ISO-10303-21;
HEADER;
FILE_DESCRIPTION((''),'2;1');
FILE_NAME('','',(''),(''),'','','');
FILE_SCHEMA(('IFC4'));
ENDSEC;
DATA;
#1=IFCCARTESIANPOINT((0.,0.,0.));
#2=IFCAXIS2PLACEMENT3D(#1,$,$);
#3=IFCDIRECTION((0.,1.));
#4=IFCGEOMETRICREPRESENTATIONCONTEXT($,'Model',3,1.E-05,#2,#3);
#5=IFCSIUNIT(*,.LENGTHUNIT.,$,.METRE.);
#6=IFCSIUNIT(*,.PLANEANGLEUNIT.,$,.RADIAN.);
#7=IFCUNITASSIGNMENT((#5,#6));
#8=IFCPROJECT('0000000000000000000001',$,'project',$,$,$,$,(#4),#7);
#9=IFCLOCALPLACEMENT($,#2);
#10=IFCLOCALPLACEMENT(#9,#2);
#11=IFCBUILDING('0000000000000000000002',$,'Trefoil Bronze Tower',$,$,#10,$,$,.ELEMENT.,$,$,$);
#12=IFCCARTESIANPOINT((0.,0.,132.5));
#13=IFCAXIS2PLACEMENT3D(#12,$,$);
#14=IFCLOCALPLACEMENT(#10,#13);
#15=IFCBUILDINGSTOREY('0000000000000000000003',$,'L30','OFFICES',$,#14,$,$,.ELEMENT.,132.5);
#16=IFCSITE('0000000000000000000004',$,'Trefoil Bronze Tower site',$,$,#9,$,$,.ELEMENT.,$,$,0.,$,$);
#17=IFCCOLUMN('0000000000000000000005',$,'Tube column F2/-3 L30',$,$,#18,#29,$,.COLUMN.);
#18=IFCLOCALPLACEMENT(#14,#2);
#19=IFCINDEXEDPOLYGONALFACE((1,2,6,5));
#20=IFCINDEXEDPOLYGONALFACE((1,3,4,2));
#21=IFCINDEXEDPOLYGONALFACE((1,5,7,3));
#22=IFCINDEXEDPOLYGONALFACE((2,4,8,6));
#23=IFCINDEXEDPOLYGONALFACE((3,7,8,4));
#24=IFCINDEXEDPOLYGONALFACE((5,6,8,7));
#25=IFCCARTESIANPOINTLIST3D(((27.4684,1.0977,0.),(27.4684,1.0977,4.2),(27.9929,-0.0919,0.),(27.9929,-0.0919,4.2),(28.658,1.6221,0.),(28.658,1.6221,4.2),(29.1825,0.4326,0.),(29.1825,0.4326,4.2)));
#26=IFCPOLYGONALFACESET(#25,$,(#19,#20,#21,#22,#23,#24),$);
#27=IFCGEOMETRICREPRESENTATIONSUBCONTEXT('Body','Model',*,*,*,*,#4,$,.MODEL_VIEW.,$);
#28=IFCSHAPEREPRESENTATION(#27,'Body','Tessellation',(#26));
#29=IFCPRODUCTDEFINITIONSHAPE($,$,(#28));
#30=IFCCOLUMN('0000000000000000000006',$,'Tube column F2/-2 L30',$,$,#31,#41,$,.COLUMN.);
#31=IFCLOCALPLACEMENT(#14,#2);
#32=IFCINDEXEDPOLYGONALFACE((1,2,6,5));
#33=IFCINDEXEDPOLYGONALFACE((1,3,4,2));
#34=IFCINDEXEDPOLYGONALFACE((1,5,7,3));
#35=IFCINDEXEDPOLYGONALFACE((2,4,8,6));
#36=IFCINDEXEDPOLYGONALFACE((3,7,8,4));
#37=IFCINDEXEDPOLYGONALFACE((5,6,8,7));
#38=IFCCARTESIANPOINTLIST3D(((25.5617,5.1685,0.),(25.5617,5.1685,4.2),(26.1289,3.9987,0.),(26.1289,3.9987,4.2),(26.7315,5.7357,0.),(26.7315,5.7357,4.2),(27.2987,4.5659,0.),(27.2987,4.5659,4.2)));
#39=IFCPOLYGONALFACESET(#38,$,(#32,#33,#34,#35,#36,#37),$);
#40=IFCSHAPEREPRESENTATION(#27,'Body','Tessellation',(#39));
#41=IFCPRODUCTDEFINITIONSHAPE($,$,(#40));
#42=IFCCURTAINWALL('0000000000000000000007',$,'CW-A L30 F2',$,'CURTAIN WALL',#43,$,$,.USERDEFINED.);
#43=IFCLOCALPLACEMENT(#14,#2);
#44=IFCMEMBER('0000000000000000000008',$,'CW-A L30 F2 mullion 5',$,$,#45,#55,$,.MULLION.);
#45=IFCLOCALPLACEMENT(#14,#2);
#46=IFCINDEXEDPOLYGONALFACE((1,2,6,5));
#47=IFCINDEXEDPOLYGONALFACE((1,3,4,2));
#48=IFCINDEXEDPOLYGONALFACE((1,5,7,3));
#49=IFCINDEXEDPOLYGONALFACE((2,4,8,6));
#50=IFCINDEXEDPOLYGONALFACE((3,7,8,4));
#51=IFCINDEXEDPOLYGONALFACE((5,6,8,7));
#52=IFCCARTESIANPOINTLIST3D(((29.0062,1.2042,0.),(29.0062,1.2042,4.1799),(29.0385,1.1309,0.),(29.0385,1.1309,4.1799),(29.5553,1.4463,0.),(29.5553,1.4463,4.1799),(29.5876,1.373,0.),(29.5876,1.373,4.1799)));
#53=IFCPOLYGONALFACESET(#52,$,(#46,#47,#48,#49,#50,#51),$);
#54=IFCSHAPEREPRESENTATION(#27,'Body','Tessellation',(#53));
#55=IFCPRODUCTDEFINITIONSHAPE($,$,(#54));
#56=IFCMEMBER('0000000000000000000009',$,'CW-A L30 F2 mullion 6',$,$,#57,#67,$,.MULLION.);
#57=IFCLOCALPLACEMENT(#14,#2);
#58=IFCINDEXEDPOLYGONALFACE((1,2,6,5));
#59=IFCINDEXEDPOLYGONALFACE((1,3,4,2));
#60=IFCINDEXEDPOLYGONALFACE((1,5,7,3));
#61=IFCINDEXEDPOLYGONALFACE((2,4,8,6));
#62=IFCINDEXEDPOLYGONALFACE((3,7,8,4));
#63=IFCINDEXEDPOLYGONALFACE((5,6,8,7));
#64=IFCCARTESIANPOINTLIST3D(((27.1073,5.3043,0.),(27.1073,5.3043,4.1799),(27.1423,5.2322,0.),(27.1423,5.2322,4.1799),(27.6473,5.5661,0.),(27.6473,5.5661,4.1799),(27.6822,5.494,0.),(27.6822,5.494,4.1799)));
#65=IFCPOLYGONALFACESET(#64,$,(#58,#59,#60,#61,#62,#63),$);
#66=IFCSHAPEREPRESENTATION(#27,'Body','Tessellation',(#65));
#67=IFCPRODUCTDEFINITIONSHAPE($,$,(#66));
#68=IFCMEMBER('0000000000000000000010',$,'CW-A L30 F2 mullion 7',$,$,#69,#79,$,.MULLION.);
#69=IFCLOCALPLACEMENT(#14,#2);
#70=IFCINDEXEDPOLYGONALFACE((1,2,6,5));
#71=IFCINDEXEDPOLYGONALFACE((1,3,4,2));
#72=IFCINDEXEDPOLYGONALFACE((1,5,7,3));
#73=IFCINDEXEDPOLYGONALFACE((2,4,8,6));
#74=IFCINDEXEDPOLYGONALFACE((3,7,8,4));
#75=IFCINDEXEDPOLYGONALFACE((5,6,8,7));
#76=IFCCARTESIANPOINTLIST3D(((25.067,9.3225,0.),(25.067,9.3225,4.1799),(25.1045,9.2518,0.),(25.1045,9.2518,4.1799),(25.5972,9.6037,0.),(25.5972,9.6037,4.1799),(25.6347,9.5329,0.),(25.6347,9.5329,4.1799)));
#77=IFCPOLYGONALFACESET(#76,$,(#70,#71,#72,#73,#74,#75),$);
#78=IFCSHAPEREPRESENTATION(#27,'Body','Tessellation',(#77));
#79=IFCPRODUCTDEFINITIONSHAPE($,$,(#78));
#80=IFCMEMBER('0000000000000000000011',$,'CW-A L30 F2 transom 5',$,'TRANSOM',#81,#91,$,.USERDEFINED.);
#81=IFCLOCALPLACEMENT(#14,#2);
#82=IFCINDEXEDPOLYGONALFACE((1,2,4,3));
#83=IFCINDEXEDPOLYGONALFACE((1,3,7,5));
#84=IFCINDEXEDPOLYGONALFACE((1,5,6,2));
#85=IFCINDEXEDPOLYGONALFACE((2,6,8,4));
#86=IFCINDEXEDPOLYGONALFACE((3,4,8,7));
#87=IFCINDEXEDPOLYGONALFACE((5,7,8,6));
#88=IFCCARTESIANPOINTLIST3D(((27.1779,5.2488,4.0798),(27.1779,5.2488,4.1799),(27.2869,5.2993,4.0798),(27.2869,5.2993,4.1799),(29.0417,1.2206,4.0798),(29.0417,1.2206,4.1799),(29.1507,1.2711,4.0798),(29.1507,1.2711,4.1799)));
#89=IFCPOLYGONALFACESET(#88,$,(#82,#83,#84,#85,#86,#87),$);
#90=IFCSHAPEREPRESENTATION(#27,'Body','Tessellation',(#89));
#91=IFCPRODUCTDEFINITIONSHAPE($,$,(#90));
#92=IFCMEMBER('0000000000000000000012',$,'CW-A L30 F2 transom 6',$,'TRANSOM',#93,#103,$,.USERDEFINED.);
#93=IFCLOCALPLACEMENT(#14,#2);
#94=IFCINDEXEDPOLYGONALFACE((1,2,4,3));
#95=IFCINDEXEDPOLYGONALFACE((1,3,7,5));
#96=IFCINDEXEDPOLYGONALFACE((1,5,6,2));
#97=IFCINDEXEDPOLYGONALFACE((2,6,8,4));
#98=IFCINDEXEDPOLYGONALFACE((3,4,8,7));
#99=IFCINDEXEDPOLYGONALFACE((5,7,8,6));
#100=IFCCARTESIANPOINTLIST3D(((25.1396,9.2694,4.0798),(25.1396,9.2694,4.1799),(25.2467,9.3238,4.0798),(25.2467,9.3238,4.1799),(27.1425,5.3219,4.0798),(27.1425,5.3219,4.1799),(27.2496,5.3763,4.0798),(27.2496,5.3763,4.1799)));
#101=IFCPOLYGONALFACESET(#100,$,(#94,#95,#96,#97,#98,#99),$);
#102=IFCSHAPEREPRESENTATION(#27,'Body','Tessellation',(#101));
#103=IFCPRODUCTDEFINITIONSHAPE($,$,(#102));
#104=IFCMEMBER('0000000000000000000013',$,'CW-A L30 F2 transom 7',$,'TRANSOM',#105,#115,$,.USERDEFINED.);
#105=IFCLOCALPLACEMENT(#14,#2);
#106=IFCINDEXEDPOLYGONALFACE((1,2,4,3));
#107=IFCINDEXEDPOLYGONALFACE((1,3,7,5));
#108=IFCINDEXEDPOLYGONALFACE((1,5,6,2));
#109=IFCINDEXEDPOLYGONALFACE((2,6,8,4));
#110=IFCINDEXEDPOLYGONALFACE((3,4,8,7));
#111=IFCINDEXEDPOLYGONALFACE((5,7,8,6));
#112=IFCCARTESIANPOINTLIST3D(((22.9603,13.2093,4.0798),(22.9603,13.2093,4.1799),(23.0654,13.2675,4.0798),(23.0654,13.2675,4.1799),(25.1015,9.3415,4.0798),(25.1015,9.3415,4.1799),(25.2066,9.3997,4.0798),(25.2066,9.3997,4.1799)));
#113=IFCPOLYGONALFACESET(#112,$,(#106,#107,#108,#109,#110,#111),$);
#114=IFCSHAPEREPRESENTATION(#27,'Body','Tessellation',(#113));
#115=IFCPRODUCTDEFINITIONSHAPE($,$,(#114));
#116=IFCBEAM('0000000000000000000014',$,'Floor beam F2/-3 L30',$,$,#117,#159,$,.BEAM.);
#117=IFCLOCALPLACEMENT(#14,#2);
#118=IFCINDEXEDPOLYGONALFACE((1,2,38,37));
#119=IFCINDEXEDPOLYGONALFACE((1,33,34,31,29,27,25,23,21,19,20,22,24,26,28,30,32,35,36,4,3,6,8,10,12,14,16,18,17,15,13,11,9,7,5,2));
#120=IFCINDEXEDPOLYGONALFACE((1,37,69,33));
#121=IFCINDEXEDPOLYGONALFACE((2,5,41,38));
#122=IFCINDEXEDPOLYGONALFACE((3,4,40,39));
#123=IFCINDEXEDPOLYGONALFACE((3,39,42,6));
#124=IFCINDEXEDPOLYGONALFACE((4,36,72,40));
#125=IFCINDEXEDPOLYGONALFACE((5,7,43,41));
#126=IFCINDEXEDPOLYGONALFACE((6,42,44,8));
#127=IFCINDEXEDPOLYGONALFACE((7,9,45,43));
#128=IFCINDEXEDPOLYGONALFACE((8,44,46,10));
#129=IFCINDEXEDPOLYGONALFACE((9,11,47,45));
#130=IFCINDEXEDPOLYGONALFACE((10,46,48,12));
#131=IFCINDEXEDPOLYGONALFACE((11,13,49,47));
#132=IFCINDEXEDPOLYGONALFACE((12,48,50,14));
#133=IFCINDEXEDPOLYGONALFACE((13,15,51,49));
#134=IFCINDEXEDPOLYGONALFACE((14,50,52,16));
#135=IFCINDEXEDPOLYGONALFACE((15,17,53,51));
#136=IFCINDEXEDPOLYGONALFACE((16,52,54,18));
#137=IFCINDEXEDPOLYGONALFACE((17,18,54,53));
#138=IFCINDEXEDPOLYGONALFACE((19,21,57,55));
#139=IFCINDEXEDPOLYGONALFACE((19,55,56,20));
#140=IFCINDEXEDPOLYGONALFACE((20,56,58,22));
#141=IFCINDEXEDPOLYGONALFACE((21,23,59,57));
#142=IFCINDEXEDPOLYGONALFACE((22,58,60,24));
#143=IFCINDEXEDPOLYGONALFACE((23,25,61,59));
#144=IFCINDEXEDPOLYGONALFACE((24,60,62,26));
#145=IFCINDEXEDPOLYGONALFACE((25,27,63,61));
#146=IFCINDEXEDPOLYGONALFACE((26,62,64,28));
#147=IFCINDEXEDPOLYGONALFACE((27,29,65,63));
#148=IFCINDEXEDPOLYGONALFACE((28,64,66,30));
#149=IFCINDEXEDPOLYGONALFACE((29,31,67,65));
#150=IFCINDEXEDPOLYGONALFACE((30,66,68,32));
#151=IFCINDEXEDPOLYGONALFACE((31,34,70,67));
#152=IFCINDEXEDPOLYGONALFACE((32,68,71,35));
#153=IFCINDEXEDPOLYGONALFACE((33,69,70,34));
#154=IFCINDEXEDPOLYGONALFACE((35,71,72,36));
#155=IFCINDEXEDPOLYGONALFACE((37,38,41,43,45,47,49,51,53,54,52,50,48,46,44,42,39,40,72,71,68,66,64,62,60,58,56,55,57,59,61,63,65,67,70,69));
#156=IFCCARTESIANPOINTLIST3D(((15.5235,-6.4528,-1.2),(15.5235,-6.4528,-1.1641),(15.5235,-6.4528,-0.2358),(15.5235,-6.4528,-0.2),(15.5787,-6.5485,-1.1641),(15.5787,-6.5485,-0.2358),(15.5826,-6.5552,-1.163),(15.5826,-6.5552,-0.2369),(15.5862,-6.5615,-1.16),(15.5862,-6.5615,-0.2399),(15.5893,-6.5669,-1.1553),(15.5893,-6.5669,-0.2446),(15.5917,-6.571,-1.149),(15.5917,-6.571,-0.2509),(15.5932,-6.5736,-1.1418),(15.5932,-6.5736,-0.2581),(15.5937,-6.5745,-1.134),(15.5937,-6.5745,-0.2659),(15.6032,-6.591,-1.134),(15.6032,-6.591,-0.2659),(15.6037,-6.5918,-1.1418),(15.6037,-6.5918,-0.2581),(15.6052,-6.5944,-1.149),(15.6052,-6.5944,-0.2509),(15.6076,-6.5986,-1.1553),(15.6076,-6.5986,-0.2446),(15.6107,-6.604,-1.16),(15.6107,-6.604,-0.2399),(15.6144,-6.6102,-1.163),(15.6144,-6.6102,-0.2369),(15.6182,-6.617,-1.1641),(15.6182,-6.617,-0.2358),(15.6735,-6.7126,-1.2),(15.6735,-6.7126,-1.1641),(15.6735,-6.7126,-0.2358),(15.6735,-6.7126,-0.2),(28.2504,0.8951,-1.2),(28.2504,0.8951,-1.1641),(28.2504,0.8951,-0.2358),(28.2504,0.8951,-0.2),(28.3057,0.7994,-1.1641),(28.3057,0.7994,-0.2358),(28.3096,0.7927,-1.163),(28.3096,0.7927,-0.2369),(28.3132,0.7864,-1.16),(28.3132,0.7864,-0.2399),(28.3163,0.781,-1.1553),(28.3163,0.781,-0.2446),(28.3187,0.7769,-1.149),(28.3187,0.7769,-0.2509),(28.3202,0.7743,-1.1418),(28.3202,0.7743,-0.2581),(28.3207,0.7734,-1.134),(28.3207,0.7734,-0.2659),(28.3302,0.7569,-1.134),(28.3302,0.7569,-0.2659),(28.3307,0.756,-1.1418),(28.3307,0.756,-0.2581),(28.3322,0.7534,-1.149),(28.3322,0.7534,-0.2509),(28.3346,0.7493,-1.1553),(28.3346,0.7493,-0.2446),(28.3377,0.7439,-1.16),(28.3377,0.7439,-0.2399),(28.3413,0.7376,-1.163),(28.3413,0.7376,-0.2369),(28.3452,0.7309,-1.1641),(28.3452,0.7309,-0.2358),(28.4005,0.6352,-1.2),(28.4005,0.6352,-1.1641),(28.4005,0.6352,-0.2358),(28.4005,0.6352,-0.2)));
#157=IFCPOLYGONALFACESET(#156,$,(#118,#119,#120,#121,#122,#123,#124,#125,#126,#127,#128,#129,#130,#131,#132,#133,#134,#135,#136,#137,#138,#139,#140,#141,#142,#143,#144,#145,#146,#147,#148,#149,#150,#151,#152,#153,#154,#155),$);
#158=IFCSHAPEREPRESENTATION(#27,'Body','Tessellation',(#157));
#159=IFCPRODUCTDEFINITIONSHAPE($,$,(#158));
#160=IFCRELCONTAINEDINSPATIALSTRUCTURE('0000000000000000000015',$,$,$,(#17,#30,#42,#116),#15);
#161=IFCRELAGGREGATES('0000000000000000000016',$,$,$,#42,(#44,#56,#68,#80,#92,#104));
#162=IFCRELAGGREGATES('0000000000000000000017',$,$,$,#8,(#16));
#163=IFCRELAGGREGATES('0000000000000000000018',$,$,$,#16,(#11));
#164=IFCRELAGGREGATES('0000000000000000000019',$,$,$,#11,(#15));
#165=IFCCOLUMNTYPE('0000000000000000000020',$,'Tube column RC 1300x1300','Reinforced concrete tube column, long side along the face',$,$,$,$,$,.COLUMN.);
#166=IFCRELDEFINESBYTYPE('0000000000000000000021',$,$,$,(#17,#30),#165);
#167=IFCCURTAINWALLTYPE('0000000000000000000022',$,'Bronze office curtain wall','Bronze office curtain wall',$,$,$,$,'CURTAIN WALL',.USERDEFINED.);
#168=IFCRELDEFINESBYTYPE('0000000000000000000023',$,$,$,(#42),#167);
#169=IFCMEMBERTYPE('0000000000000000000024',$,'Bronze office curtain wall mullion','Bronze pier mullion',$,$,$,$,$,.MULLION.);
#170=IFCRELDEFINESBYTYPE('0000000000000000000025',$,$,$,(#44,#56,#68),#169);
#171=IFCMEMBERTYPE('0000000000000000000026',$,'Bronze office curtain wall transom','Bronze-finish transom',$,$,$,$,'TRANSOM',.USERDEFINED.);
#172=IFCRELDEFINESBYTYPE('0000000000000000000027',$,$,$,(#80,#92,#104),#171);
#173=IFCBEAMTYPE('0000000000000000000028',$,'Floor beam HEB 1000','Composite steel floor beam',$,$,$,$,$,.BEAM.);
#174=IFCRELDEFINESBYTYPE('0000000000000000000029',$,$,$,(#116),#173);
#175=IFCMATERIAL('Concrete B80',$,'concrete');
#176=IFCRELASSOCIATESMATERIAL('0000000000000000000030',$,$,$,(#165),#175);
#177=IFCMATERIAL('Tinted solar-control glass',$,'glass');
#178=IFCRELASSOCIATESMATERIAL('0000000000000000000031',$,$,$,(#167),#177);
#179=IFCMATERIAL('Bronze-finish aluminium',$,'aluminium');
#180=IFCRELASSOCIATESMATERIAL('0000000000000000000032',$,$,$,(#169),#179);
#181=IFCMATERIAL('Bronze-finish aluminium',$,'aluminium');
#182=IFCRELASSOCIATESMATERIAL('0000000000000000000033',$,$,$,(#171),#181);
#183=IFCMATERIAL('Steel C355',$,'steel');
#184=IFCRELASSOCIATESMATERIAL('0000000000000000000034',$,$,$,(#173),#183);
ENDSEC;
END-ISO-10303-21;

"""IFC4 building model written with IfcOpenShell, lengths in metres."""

from ifc_helpers import new_model, si_unit, direction, frame, origin, origin_2d, place, context, subcontext, project, spatial, rectangle, i_section, extrude, material, material_profile, profile_set, type_object, element, aggregate, save


model = new_model("IFC4")

# Units and contexts
model_context = context("Model", 3, precision=1e-05, world=origin(), true_north=direction((0.0, 1.0)))
body_context = subcontext(model_context, "Body", "Model", "MODEL_VIEW")
ifc_project = project(units=[si_unit("LENGTHUNIT", "METRE"), si_unit("PLANEANGLEUNIT", "RADIAN")], contexts=[model_context])

# Site, building, storey
site_placement = place(None, origin())
site = spatial("IfcSite", under=ifc_project, at=site_placement, Name="Trefoil Bronze Tower site", CompositionType="ELEMENT", RefElevation=0.0)
building_placement = place(site_placement, origin())
building = spatial("IfcBuilding", under=site, at=building_placement, Name="Trefoil Bronze Tower", CompositionType="ELEMENT")
storey_placement = place(building_placement, frame((0.0, 0.0, 132.5)))
storey = spatial("IfcBuildingStorey", under=building, at=storey_placement, Name="L30", Description="OFFICES", CompositionType="ELEMENT", Elevation=132.5)

# Columns
ifc_material_1 = material(Name="Concrete B80", Category="concrete")
ifc_material_profile_1 = material_profile(ifc_material_1, rectangle(XDim=1.3, YDim=1.3, at=origin_2d()), Name="RC 1300x1300")
ifc_profile_set_1 = profile_set([ifc_material_profile_1], Name="Concrete B80")
column_type = type_object("IfcColumnType", Name="Tube column RC 1300x1300", Description="Reinforced concrete tube column, long side along the face", PredefinedType="COLUMN", material=ifc_profile_set_1)
for number, where, z_axis, x_axis, name in (
    (1, (28.3254, 0.7651, 0.0), (0.0, 0.0, 1.0), (-0.403412, 0.915018, 0.0), "Tube column F2/-3 L30"),
    (2, (26.4302, 4.8672, 0.0), (0.0, 0.0, 1.0), (-0.436262, 0.89982, 0.0), "Tube column F2/-2 L30"),
):
    element("IfcColumn", number, at=place(storey_placement, frame(where, z_axis=z_axis, x_axis=x_axis)), inside=storey, type_object=column_type, Name=name, PredefinedType="COLUMN", context=body_context, shape_type="SweptSolid", body=[
        extrude(rectangle(XDim=1.3, YDim=1.3, at=origin_2d()), origin(), (0.0, 0.0, 1.0), 4.2),
    ])

# Curtain wall, members
ifc_material_2 = material(Name="Tinted solar-control glass", Category="glass")
curtain_wall_type = type_object("IfcCurtainWallType", Name="Bronze office curtain wall", Description="Bronze office curtain wall", ElementType="CURTAIN WALL", PredefinedType="USERDEFINED", material=ifc_material_2)
curtain_wall_placement = place(storey_placement, origin())
curtain_wall = element("IfcCurtainWall", 3, at=curtain_wall_placement, inside=storey, type_object=curtain_wall_type, Name="CW-A L30 F2", ObjectType="CURTAIN WALL", PredefinedType="USERDEFINED")
ifc_material_3 = material(Name="Bronze-finish aluminium", Category="aluminium")
ifc_material_profile_2 = material_profile(ifc_material_3, rectangle(XDim=0.6001, YDim=0.0801, at=origin_2d()), Name="CW-A mullion")
ifc_profile_set_2 = profile_set([ifc_material_profile_2], Name="Bronze-finish aluminium")
member_type_1 = type_object("IfcMemberType", Name="Bronze office curtain wall mullion", Description="Bronze pier mullion", PredefinedType="MULLION", material=ifc_profile_set_2)
member_1_placement = place(storey_placement, frame((29.2969, 1.2886, 0.0), z_axis=(0.0, 0.0, 1.0), x_axis=(-0.915018, -0.403412, 0.0)))
member_1 = element("IfcMember", 4, at=member_1_placement, type_object=member_type_1, Name="CW-A L30 F2 mullion 5", PredefinedType="MULLION", context=body_context, shape_type="SweptSolid", body=[
    extrude(rectangle(XDim=0.6001, YDim=0.0801, at=origin_2d()), origin(), (0.0, 0.0, 1.0), 4.1799),
])
member_2_placement = place(storey_placement, frame((27.3948, 5.3992, 0.0), z_axis=(0.0, 0.0, 1.0), x_axis=(-0.89982, -0.436262, 0.0)))
member_2 = element("IfcMember", 5, at=member_2_placement, type_object=member_type_1, Name="CW-A L30 F2 mullion 6", PredefinedType="MULLION", context=body_context, shape_type="SweptSolid", body=[
    extrude(rectangle(XDim=0.6001, YDim=0.0801, at=origin_2d()), origin(), (0.0, 0.0, 1.0), 4.1799),
])
member_3_placement = place(storey_placement, frame((25.3508, 9.4277, 0.0), z_axis=(0.0, 0.0, 1.0), x_axis=(-0.883486, -0.468457, 0.0)))
member_3 = element("IfcMember", 6, at=member_3_placement, type_object=member_type_1, Name="CW-A L30 F2 mullion 7", PredefinedType="MULLION", context=body_context, shape_type="SweptSolid", body=[
    extrude(rectangle(XDim=0.6001, YDim=0.0801, at=origin_2d()), origin(), (0.0, 0.0, 1.0), 4.1799),
])
ifc_material_4 = material(Name="Bronze-finish aluminium", Category="aluminium")
ifc_material_profile_3 = material_profile(ifc_material_4, rectangle(XDim=0.1201, YDim=0.1001, at=origin_2d()), Name="CW-A transom")
ifc_profile_set_3 = profile_set([ifc_material_profile_3], Name="Bronze-finish aluminium")
member_type_2 = type_object("IfcMemberType", Name="Bronze office curtain wall transom", Description="Bronze-finish transom", ElementType="TRANSOM", PredefinedType="USERDEFINED", material=ifc_profile_set_3)
member_4_placement = place(storey_placement, frame((29.0962, 1.2458, 4.1299), z_axis=(-0.419923, 0.90756, 0.0), x_axis=(-0.90756, -0.419923, 0.0)))
member_4 = element("IfcMember", 7, at=member_4_placement, type_object=member_type_2, Name="CW-A L30 F2 transom 5", ObjectType="TRANSOM", PredefinedType="USERDEFINED", context=body_context, shape_type="SweptSolid", body=[
    extrude(rectangle(XDim=0.1201, YDim=0.1001, at=origin_2d()), origin(), (0.0, 0.0, 1.0), 4.4385),
])
member_5_placement = place(storey_placement, frame((27.196, 5.3491, 4.1299), z_axis=(-0.452478, 0.891775, 0.0), x_axis=(-0.891775, -0.452478, 0.0)))
member_5 = element("IfcMember", 8, at=member_5_placement, type_object=member_type_2, Name="CW-A L30 F2 transom 6", ObjectType="TRANSOM", PredefinedType="USERDEFINED", context=body_context, shape_type="SweptSolid", body=[
    extrude(rectangle(XDim=0.1201, YDim=0.1001, at=origin_2d()), origin(), (0.0, 0.0, 1.0), 4.4265),
])
member_6_placement = place(storey_placement, frame((25.1541, 9.3706, 4.1299), z_axis=(-0.484329, 0.874886, 0.0), x_axis=(-0.874886, -0.484329, 0.0)))
member_6 = element("IfcMember", 9, at=member_6_placement, type_object=member_type_2, Name="CW-A L30 F2 transom 7", ObjectType="TRANSOM", PredefinedType="USERDEFINED", context=body_context, shape_type="SweptSolid", body=[
    extrude(rectangle(XDim=0.1201, YDim=0.1001, at=origin_2d()), origin(), (0.0, 0.0, 1.0), 4.4209),
])

# Beam
ifc_material_5 = material(Name="Steel C355", Category="steel")
ifc_material_profile_4 = material_profile(ifc_material_5, i_section(OverallWidth=0.3, OverallDepth=1.0, WebThickness=0.019, FlangeThickness=0.0359, FilletRadius=0.03, at=origin_2d()), Name="HEB 1000")
ifc_profile_set_4 = profile_set([ifc_material_profile_4], Name="Steel C355")
beam_type_1 = type_object("IfcBeamType", Name="Floor beam HEB 1000", Description="Composite steel floor beam", PredefinedType="BEAM", material=ifc_profile_set_4)
beam_1_placement = place(storey_placement, frame((28.3254, 0.7651, -0.7), z_axis=(-0.866027, -0.499997, 0.0), x_axis=(0.499997, -0.866027, 0.0)))
element("IfcBeam", 10, at=beam_1_placement, inside=storey, type_object=beam_type_1, Name="Floor beam F2/-3 L30", PredefinedType="BEAM", context=body_context, shape_type="SweptSolid", body=[
    extrude(i_section(OverallWidth=0.3, OverallDepth=1.0, WebThickness=0.019, FlangeThickness=0.0359, FilletRadius=0.03, at=origin_2d()), origin(), (0.0, 0.0, 1.0), 14.6958),
])

aggregate(curtain_wall, [member_1, member_2, member_3, member_4, member_5, member_6])

save(model, "model.ifc")
